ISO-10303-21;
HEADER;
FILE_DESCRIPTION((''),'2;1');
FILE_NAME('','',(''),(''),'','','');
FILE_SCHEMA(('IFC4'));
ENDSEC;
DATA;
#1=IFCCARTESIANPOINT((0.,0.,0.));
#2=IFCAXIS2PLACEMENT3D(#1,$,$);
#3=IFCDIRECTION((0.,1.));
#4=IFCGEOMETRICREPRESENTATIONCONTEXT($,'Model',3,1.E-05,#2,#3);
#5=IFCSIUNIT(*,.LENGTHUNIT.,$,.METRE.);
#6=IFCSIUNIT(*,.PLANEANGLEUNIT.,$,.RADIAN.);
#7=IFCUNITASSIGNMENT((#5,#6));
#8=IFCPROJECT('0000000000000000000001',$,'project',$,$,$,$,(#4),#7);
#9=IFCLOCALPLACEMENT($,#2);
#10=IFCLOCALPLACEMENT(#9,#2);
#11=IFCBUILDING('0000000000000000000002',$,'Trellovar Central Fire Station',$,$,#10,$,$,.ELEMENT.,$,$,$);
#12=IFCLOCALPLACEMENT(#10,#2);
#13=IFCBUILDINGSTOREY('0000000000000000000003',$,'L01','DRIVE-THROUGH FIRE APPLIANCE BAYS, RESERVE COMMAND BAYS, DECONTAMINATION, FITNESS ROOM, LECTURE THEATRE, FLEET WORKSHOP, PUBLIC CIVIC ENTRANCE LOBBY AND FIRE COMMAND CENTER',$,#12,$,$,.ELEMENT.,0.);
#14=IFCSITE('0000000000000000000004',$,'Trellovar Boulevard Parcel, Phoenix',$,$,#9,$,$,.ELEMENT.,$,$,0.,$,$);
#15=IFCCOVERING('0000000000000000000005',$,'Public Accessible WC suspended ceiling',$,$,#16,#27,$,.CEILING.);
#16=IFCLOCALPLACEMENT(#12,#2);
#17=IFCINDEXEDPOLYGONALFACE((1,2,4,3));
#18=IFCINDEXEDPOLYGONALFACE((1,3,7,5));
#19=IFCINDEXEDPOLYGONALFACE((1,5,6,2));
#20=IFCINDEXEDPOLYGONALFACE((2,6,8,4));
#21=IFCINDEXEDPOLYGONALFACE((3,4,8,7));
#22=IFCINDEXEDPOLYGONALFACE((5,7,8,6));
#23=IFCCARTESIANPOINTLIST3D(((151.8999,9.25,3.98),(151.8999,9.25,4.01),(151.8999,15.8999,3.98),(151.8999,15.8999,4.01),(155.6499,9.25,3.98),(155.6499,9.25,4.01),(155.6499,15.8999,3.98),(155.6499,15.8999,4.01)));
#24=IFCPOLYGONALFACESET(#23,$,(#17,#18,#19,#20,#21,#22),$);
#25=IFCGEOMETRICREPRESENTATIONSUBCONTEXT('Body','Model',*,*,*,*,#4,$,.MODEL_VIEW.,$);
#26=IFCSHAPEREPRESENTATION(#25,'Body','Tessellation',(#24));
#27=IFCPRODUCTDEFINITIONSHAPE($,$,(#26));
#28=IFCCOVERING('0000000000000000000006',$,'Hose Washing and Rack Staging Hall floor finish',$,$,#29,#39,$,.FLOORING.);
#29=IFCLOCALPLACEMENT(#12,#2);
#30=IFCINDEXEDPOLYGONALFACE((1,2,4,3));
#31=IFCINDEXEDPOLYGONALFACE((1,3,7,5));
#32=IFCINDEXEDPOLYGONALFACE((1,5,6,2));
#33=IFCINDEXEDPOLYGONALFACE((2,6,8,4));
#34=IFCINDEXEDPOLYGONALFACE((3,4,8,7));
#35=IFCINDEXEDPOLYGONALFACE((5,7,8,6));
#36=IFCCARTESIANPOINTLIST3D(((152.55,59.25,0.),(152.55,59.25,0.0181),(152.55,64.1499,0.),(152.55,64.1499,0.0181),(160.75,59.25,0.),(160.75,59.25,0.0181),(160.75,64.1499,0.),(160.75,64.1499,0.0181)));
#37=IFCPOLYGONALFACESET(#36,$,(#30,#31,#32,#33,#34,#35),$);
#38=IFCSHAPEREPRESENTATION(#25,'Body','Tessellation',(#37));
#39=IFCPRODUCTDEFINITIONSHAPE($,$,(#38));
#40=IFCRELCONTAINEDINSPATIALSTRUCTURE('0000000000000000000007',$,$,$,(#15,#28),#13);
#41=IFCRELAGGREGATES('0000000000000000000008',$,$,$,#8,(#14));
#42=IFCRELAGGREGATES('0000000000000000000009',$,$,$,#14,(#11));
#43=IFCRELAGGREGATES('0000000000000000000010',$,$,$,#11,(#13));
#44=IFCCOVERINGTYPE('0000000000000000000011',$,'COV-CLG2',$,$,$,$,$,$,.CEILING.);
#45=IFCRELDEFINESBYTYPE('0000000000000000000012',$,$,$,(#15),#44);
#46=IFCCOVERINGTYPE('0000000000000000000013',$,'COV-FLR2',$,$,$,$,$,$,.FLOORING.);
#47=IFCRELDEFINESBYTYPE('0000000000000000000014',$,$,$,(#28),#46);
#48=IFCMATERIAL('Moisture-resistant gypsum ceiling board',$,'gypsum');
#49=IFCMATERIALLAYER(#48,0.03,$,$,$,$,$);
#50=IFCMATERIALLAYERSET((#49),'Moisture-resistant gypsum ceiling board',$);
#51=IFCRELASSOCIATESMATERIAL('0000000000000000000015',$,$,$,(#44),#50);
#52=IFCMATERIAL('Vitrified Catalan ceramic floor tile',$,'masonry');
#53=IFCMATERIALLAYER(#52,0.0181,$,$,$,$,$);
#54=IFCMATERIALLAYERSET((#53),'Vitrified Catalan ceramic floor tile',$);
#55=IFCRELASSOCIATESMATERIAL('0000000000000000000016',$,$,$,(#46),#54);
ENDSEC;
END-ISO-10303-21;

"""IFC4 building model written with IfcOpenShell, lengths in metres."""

from ifc_helpers import new_model, si_unit, direction, frame, origin, place, context, subcontext, project, spatial, polyline, outline, extrude, material, layer, layer_set, type_object, element, save


model = new_model("IFC4")

# Units and contexts
model_context = context("Model", 3, precision=1e-05, world=origin(), true_north=direction((0.0, 1.0)))
body_context = subcontext(model_context, "Body", "Model", "MODEL_VIEW")
ifc_project = project(units=[si_unit("LENGTHUNIT", "METRE"), si_unit("PLANEANGLEUNIT", "RADIAN")], contexts=[model_context])

# Site, building, storey
site_placement = place(None, origin())
site = spatial("IfcSite", under=ifc_project, at=site_placement, Name="Trellovar Boulevard Parcel, Phoenix", CompositionType="ELEMENT", RefElevation=0.0)
building_placement = place(site_placement, origin())
building = spatial("IfcBuilding", under=site, at=building_placement, Name="Trellovar Central Fire Station", CompositionType="ELEMENT")
storey_placement = place(building_placement, origin())
storey = spatial("IfcBuildingStorey", under=building, at=storey_placement, Name="L01", Description="DRIVE-THROUGH FIRE APPLIANCE BAYS, RESERVE COMMAND BAYS, DECONTAMINATION, FITNESS ROOM, LECTURE THEATRE, FLEET WORKSHOP, PUBLIC CIVIC ENTRANCE LOBBY AND FIRE COMMAND CENTER", CompositionType="ELEMENT", Elevation=0.0)

# Coverings
ifc_material_1 = material(Name="Moisture-resistant gypsum ceiling board", Category="gypsum")
ifc_layer_1 = layer(ifc_material_1, 0.03)
ifc_layer_set_1 = layer_set([ifc_layer_1], Name="Moisture-resistant gypsum ceiling board")
covering_type_1 = type_object("IfcCoveringType", Name="COV-CLG2", PredefinedType="CEILING", material=ifc_layer_set_1)
covering_1_placement = place(storey_placement, frame((0.0, 0.0, 3.98)))
element("IfcCovering", 1, at=covering_1_placement, inside=storey, type_object=covering_type_1, Name="Public Accessible WC suspended ceiling", PredefinedType="CEILING", context=body_context, shape_type="SweptSolid", body=[
    extrude(outline(polyline([(155.6499, 9.25), (151.8999, 9.25), (151.8999, 15.8999), (155.6499, 15.8999), (155.6499, 9.25)])), origin(), (0.0, 0.0, 1.0), 0.03),
])
ifc_material_2 = material(Name="Vitrified Catalan ceramic floor tile", Category="masonry")
ifc_layer_2 = layer(ifc_material_2, 0.0181)
ifc_layer_set_2 = layer_set([ifc_layer_2], Name="Vitrified Catalan ceramic floor tile")
covering_type_2 = type_object("IfcCoveringType", Name="COV-FLR2", PredefinedType="FLOORING", material=ifc_layer_set_2)
covering_2_placement = place(storey_placement, origin())
element("IfcCovering", 2, at=covering_2_placement, inside=storey, type_object=covering_type_2, Name="Hose Washing and Rack Staging Hall floor finish", PredefinedType="FLOORING", context=body_context, shape_type="SweptSolid", body=[
    extrude(outline(polyline([(160.75, 59.25), (152.55, 59.25), (152.55, 64.1499), (160.75, 64.1499), (160.75, 59.25)])), origin(), (0.0, 0.0, 1.0), 0.0181),
])

save(model, "model.ifc")
